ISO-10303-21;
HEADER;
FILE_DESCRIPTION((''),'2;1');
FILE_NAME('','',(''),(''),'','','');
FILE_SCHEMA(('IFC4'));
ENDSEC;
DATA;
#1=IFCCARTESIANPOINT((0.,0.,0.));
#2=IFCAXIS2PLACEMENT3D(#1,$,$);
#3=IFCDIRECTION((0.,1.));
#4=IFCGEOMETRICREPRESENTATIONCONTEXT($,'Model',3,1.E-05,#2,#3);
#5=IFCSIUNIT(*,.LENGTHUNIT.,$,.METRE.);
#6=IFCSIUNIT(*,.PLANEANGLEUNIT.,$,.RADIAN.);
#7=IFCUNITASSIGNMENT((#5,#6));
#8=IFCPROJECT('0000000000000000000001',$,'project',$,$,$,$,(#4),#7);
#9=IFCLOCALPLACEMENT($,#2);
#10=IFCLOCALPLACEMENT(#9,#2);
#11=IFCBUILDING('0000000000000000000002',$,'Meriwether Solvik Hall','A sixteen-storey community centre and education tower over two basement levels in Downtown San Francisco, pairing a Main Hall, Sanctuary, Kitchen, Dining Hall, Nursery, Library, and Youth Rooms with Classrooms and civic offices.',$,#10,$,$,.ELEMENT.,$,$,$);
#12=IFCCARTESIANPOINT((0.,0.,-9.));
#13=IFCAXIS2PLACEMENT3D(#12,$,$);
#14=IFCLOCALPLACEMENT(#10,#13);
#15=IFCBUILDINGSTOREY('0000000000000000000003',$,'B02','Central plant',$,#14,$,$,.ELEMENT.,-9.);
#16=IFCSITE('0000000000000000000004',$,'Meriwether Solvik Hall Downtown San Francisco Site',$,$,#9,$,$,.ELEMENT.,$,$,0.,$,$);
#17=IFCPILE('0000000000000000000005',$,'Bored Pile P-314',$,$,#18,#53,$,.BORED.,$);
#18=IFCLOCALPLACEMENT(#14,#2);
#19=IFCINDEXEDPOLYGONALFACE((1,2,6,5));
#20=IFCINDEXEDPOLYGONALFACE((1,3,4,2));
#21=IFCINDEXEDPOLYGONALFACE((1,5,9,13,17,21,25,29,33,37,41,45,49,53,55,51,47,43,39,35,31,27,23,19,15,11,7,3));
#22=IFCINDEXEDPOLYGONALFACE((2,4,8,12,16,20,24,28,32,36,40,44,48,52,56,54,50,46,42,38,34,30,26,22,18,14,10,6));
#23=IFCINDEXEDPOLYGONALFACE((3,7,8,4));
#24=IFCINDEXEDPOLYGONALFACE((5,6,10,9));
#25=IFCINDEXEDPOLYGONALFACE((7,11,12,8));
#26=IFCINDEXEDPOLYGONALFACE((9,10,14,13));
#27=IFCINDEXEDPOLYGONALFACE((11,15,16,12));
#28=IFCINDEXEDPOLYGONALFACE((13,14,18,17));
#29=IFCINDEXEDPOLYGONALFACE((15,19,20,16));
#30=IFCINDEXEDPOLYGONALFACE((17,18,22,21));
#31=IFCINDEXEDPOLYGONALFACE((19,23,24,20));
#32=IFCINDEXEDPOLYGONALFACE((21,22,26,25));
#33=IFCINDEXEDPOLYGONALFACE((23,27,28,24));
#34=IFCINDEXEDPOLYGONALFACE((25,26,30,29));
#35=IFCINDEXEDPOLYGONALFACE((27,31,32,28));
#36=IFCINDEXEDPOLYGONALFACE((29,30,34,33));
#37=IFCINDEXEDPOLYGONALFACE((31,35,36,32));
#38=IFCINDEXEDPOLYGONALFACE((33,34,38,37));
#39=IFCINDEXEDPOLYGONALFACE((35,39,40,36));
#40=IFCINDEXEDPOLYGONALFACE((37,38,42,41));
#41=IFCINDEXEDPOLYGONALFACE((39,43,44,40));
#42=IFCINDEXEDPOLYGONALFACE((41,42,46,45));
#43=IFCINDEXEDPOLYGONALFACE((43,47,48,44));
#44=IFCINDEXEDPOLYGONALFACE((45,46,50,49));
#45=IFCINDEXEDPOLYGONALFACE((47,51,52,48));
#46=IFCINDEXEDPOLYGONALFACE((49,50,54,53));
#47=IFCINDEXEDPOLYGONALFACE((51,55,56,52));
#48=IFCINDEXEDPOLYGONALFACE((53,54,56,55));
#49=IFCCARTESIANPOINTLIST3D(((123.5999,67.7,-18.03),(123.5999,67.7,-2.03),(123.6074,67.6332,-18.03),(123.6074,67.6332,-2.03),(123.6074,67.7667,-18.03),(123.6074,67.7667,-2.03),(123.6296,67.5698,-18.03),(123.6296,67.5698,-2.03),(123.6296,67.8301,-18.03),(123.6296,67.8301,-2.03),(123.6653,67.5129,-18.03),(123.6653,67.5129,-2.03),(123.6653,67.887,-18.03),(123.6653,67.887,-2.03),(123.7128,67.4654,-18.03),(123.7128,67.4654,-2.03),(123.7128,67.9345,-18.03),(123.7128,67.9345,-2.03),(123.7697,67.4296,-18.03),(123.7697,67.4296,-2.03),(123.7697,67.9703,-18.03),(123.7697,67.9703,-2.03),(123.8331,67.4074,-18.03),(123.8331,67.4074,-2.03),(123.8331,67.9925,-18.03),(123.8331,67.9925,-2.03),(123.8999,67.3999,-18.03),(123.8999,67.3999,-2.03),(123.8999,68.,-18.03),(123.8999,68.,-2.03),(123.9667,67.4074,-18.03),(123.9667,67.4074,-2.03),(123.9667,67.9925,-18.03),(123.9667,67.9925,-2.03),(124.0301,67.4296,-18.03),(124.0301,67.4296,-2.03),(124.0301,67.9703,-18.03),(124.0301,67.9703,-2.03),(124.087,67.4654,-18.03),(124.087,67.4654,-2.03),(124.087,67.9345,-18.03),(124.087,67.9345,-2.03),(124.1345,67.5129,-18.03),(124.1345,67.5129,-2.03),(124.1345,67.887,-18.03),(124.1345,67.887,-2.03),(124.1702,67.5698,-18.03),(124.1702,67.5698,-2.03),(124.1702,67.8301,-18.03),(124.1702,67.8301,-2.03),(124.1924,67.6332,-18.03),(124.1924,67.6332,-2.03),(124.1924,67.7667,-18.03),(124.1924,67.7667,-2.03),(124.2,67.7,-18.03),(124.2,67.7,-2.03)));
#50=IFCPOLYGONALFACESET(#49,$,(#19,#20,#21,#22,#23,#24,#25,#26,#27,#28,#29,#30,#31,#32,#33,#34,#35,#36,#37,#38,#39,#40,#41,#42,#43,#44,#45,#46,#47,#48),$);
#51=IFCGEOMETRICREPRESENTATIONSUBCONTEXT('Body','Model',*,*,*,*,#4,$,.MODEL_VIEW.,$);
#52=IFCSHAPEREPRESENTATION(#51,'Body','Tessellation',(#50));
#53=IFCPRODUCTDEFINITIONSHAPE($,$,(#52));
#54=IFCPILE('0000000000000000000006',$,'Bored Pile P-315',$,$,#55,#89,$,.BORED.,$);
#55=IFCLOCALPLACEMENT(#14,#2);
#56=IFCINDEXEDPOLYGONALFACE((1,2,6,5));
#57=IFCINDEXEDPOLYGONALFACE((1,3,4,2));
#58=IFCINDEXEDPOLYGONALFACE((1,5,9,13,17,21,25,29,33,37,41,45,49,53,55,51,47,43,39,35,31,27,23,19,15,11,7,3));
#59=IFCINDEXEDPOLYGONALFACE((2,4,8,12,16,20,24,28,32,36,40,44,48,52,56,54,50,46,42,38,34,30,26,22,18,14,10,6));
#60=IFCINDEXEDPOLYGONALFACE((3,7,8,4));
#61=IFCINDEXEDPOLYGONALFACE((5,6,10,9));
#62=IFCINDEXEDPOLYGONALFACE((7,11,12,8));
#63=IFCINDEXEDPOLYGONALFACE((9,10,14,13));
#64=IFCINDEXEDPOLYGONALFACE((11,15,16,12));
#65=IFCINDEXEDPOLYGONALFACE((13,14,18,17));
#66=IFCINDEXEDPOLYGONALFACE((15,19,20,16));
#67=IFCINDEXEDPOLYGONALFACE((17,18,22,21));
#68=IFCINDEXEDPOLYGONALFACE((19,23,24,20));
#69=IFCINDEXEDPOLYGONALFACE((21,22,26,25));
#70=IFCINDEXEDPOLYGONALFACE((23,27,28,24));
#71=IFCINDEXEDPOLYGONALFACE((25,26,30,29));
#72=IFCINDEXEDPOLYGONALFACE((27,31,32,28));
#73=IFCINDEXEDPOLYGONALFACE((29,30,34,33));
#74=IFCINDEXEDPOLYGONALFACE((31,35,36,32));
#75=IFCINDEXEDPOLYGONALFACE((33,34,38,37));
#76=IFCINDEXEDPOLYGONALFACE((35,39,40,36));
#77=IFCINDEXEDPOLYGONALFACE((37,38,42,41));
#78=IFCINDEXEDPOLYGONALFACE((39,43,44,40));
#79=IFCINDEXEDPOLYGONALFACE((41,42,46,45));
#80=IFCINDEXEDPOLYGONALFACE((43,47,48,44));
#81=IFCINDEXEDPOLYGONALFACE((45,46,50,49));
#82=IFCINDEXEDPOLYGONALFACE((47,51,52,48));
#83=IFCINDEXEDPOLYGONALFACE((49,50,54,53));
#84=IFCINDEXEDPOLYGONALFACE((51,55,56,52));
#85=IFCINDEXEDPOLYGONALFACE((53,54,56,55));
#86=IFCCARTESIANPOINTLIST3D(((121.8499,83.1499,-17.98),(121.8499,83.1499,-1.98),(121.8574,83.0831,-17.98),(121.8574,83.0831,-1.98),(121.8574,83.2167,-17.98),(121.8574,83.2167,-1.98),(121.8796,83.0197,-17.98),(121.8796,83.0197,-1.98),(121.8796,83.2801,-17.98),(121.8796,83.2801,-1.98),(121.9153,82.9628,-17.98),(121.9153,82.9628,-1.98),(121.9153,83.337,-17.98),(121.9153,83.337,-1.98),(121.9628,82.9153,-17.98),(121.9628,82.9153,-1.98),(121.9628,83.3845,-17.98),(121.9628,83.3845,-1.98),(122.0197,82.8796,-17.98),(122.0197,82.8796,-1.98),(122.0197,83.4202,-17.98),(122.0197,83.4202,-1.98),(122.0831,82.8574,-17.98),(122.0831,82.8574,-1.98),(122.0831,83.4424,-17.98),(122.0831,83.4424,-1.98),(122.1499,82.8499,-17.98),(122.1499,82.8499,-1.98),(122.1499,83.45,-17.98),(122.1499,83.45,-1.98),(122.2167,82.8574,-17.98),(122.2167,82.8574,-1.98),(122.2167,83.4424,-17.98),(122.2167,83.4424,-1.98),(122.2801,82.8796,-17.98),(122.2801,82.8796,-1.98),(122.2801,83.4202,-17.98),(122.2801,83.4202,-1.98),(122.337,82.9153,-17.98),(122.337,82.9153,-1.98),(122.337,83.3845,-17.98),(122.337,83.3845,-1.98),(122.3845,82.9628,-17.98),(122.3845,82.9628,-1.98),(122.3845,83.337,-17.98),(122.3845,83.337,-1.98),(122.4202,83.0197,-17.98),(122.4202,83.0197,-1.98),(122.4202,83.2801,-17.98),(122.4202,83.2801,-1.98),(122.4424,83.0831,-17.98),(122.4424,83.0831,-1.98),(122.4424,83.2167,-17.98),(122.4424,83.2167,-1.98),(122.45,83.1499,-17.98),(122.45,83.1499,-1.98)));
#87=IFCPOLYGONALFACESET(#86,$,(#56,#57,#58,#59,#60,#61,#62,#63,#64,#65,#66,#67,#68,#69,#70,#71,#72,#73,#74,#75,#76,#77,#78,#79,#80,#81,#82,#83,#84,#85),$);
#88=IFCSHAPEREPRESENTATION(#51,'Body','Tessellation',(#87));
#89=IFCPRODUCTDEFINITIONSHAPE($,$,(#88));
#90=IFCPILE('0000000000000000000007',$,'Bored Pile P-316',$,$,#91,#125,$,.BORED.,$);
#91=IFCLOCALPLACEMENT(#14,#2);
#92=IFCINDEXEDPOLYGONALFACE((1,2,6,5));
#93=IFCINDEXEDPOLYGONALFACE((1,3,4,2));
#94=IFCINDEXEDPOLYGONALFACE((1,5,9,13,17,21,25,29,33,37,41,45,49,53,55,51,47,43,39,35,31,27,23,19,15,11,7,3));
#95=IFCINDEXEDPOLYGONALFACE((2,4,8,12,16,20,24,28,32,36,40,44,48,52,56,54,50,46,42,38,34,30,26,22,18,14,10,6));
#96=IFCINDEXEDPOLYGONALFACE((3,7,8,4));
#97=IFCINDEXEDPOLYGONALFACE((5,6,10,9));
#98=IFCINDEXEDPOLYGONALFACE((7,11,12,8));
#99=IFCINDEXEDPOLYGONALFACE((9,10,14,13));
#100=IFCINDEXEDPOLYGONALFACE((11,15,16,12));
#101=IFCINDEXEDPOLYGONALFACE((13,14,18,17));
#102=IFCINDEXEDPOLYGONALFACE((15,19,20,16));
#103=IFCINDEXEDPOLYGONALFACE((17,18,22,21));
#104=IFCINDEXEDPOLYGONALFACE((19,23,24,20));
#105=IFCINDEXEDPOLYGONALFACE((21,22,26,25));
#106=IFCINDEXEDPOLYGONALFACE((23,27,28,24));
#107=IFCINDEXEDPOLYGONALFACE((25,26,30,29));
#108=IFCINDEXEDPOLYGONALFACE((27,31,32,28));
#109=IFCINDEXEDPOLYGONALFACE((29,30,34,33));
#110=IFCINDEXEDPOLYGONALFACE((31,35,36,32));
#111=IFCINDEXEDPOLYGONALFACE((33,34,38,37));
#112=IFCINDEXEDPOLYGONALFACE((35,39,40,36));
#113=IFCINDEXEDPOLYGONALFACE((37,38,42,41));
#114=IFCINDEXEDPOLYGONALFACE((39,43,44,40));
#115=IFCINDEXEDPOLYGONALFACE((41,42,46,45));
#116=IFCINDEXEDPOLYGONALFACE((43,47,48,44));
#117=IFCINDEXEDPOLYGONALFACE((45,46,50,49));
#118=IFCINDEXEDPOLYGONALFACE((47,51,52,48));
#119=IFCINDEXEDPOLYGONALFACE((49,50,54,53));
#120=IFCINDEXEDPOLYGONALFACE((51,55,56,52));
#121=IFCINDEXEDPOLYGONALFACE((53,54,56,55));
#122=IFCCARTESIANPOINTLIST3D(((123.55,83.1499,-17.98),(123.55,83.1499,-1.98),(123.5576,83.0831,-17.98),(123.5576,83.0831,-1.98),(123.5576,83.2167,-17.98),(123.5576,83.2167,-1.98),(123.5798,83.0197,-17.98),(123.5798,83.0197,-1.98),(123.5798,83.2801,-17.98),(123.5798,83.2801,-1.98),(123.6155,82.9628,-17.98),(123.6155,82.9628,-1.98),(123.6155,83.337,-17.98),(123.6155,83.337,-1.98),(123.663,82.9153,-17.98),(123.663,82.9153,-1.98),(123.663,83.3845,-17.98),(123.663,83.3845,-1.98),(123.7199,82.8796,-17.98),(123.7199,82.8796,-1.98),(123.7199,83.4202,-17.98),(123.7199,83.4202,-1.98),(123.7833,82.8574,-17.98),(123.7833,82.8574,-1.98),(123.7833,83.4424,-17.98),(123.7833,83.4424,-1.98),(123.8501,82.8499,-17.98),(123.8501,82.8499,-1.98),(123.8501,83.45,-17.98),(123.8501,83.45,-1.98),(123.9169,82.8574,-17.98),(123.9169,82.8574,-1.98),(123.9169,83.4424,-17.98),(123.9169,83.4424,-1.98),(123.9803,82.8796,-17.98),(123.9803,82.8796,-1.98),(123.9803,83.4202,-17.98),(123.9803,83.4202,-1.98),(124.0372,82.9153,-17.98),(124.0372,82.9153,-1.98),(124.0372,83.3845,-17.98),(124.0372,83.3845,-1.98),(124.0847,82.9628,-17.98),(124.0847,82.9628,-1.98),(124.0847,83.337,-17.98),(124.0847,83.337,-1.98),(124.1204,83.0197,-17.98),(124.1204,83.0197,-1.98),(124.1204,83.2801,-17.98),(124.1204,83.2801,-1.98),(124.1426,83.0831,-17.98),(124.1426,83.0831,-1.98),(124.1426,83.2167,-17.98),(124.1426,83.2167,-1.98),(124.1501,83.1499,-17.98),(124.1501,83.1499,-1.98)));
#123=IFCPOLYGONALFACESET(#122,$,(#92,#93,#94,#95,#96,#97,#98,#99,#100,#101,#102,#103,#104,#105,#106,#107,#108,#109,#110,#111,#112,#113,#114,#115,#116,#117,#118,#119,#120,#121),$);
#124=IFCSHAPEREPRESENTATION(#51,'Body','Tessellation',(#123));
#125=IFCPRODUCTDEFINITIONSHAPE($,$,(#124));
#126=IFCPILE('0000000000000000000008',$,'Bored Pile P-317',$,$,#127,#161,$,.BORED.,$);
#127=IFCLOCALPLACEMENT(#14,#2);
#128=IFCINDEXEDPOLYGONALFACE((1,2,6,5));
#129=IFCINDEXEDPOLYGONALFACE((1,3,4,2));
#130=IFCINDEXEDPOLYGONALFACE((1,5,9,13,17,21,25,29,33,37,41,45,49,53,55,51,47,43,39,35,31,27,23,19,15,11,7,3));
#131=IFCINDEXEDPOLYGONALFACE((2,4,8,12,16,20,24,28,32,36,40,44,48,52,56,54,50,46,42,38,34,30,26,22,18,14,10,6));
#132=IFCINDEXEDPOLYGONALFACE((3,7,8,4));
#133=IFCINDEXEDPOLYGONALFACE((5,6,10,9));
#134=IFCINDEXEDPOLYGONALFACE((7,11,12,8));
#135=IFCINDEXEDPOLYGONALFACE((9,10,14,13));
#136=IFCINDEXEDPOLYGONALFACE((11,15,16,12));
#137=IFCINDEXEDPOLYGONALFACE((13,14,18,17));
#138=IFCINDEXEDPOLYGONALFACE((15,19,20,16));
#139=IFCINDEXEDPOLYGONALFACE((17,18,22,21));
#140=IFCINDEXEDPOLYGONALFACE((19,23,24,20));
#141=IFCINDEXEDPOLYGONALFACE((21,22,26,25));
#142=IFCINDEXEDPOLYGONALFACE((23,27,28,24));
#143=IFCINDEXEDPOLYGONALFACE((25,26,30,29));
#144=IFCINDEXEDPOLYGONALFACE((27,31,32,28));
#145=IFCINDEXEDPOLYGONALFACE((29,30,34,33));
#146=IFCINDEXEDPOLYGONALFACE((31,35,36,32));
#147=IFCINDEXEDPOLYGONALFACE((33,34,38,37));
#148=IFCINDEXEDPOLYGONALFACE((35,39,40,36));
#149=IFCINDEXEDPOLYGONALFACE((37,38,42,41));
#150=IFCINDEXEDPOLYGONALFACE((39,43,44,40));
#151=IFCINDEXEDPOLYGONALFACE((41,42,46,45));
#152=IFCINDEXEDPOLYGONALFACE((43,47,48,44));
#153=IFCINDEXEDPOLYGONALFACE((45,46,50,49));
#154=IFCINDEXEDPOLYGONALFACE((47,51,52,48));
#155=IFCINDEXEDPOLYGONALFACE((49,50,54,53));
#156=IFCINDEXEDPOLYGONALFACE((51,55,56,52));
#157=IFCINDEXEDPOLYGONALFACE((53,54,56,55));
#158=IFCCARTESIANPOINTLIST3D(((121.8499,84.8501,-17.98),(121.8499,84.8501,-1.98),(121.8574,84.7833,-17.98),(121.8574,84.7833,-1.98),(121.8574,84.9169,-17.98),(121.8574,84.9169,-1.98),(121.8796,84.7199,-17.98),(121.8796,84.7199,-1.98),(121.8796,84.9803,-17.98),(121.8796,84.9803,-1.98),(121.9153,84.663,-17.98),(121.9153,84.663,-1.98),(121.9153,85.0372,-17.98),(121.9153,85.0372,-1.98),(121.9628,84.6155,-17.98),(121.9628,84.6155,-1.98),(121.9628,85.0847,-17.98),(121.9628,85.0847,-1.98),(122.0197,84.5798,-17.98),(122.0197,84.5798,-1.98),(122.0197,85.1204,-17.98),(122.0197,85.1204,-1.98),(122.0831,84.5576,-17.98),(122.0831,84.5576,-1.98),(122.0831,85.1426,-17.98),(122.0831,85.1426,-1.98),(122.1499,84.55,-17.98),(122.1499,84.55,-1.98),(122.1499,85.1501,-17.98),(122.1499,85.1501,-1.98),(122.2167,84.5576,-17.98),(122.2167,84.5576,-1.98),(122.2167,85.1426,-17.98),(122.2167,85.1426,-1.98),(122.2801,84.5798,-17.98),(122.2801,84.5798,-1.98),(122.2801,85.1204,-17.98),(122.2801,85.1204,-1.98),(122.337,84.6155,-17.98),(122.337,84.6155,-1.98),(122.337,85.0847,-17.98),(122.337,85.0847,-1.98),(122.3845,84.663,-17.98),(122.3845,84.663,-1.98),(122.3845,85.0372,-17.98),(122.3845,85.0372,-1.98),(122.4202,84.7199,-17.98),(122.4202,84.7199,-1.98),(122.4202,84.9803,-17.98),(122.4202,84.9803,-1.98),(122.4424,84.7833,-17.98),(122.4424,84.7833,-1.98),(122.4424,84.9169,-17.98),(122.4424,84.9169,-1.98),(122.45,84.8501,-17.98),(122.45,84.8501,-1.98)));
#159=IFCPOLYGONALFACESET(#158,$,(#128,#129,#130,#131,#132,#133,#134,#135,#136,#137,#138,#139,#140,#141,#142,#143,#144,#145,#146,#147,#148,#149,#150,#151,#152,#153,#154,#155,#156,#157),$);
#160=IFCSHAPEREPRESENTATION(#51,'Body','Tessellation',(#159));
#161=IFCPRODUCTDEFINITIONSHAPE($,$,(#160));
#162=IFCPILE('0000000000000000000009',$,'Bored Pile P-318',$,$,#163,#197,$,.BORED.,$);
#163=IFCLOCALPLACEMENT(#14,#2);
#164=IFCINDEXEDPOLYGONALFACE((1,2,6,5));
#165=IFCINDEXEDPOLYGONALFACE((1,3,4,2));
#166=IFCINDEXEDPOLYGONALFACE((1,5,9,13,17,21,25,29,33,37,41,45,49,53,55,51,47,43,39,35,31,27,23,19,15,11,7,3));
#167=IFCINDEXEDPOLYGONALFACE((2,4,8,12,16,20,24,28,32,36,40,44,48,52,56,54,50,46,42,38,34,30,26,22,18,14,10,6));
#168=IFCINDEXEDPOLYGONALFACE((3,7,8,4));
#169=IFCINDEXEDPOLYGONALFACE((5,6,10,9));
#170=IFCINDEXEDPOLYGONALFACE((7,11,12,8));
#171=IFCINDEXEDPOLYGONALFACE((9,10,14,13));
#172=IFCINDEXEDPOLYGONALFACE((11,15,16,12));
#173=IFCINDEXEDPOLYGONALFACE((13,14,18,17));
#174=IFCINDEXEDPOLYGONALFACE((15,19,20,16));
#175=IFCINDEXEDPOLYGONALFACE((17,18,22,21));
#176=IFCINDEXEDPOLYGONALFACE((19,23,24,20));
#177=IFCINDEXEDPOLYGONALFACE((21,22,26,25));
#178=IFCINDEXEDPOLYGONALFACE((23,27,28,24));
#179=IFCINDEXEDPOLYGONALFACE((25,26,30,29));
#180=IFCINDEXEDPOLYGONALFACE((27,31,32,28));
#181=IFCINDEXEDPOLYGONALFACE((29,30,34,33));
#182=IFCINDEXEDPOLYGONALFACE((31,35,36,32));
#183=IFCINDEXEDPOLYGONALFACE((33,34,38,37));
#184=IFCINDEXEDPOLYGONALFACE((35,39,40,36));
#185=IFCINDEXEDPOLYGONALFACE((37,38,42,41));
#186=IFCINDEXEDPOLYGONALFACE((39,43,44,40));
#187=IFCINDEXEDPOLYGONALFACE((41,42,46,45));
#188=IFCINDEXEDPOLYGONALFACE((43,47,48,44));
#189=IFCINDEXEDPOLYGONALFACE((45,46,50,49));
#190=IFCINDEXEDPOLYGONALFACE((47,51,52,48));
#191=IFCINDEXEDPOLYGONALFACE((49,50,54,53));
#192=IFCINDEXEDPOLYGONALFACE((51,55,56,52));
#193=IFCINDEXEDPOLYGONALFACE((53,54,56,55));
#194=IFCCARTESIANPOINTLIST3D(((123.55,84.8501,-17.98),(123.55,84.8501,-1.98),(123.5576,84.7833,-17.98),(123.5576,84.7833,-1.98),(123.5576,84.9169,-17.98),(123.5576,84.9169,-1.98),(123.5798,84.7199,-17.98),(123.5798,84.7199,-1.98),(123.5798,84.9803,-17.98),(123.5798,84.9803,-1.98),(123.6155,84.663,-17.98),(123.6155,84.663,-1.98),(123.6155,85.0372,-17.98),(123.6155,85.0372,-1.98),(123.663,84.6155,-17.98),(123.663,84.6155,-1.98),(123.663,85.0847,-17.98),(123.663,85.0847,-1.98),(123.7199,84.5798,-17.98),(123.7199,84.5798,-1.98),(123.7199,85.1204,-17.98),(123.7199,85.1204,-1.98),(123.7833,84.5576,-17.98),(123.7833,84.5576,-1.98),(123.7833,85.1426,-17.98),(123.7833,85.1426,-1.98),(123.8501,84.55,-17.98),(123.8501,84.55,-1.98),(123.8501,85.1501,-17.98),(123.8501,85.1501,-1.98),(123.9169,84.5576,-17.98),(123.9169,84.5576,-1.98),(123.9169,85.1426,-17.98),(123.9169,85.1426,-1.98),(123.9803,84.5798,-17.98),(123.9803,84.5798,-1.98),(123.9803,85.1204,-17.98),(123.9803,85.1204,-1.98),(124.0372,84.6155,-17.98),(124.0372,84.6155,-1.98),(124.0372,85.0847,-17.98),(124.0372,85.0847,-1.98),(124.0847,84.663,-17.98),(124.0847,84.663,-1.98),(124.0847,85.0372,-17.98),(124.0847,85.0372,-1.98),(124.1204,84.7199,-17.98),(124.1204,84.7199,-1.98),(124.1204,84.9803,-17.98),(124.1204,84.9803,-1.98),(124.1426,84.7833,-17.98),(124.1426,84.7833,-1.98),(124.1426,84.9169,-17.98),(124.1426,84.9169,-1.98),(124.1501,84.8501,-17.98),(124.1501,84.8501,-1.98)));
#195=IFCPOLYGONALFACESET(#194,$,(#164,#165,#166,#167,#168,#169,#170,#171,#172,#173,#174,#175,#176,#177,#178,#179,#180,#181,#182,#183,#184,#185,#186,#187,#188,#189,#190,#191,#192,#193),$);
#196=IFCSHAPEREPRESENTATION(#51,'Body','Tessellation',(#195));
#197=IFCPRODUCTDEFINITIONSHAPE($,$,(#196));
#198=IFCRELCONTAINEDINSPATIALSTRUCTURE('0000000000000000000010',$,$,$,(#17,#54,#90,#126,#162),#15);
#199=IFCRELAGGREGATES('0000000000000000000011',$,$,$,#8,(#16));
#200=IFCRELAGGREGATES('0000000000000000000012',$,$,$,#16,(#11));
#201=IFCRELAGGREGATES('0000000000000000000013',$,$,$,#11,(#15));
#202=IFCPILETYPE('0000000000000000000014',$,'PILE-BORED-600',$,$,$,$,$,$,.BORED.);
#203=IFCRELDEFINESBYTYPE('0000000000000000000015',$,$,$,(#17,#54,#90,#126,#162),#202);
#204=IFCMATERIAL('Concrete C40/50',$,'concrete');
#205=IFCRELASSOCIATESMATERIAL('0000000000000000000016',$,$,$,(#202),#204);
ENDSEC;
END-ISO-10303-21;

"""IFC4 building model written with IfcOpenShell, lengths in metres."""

from ifc_helpers import new_model, si_unit, direction, frame, origin, origin_2d, place, context, subcontext, project, spatial, circle, extrude, material, material_profile, profile_set, type_object, element, save


model = new_model("IFC4")

# Units and contexts
model_context = context("Model", 3, precision=1e-05, world=origin(), true_north=direction((0.0, 1.0)))
body_context = subcontext(model_context, "Body", "Model", "MODEL_VIEW")
ifc_project = project(units=[si_unit("LENGTHUNIT", "METRE"), si_unit("PLANEANGLEUNIT", "RADIAN")], contexts=[model_context])

# Site, building, storey
site_placement = place(None, origin())
site = spatial("IfcSite", under=ifc_project, at=site_placement, Name="Meriwether Solvik Hall Downtown San Francisco Site", CompositionType="ELEMENT", RefElevation=0.0)
building_placement = place(site_placement, origin())
building = spatial("IfcBuilding", under=site, at=building_placement, Name="Meriwether Solvik Hall", Description="A sixteen-storey community centre and education tower over two basement levels in Downtown San Francisco, pairing a Main Hall, Sanctuary, Kitchen, Dining Hall, Nursery, Library, and Youth Rooms with Classrooms and civic offices.", CompositionType="ELEMENT")
storey_placement = place(building_placement, frame((0.0, 0.0, -9.0)))
storey = spatial("IfcBuildingStorey", under=building, at=storey_placement, Name="B02", Description="Central plant", CompositionType="ELEMENT", Elevation=-9.0)

# Piles
ifc_material_1 = material(Name="Concrete C40/50", Category="concrete")
ifc_material_profile_1 = material_profile(ifc_material_1, circle(Radius=0.3, at=origin_2d()), Name="PILE-D600")
ifc_profile_set_1 = profile_set([ifc_material_profile_1], Name="Concrete C40/50")
pile_type_1 = type_object("IfcPileType", Name="PILE-BORED-600", PredefinedType="BORED", material=ifc_profile_set_1)
for number, where, z_axis, x_axis, name in (
    (1, (123.8999, 67.7, -2.03), (0.0, 0.0, -1.0), (1.0, 0.0, 0.0), "Bored Pile P-314"),
    (2, (122.1499, 83.1499, -1.98), (0.0, 0.0, -1.0), (1.0, 0.0, 0.0), "Bored Pile P-315"),
    (3, (123.8501, 83.1499, -1.98), (0.0, 0.0, -1.0), (1.0, 0.0, 0.0), "Bored Pile P-316"),
    (4, (122.1499, 84.8501, -1.98), (0.0, 0.0, -1.0), (1.0, 0.0, 0.0), "Bored Pile P-317"),
    (5, (123.8501, 84.8501, -1.98), (0.0, 0.0, -1.0), (1.0, 0.0, 0.0), "Bored Pile P-318"),
):
    element("IfcPile", number, at=place(storey_placement, frame(where, z_axis=z_axis, x_axis=x_axis)), inside=storey, type_object=pile_type_1, Name=name, PredefinedType="BORED", context=body_context, shape_type="SweptSolid", body=[
        extrude(circle(Radius=0.3, at=origin_2d()), origin(), (0.0, 0.0, 1.0), 16.0),
    ])

save(model, "model.ifc")
